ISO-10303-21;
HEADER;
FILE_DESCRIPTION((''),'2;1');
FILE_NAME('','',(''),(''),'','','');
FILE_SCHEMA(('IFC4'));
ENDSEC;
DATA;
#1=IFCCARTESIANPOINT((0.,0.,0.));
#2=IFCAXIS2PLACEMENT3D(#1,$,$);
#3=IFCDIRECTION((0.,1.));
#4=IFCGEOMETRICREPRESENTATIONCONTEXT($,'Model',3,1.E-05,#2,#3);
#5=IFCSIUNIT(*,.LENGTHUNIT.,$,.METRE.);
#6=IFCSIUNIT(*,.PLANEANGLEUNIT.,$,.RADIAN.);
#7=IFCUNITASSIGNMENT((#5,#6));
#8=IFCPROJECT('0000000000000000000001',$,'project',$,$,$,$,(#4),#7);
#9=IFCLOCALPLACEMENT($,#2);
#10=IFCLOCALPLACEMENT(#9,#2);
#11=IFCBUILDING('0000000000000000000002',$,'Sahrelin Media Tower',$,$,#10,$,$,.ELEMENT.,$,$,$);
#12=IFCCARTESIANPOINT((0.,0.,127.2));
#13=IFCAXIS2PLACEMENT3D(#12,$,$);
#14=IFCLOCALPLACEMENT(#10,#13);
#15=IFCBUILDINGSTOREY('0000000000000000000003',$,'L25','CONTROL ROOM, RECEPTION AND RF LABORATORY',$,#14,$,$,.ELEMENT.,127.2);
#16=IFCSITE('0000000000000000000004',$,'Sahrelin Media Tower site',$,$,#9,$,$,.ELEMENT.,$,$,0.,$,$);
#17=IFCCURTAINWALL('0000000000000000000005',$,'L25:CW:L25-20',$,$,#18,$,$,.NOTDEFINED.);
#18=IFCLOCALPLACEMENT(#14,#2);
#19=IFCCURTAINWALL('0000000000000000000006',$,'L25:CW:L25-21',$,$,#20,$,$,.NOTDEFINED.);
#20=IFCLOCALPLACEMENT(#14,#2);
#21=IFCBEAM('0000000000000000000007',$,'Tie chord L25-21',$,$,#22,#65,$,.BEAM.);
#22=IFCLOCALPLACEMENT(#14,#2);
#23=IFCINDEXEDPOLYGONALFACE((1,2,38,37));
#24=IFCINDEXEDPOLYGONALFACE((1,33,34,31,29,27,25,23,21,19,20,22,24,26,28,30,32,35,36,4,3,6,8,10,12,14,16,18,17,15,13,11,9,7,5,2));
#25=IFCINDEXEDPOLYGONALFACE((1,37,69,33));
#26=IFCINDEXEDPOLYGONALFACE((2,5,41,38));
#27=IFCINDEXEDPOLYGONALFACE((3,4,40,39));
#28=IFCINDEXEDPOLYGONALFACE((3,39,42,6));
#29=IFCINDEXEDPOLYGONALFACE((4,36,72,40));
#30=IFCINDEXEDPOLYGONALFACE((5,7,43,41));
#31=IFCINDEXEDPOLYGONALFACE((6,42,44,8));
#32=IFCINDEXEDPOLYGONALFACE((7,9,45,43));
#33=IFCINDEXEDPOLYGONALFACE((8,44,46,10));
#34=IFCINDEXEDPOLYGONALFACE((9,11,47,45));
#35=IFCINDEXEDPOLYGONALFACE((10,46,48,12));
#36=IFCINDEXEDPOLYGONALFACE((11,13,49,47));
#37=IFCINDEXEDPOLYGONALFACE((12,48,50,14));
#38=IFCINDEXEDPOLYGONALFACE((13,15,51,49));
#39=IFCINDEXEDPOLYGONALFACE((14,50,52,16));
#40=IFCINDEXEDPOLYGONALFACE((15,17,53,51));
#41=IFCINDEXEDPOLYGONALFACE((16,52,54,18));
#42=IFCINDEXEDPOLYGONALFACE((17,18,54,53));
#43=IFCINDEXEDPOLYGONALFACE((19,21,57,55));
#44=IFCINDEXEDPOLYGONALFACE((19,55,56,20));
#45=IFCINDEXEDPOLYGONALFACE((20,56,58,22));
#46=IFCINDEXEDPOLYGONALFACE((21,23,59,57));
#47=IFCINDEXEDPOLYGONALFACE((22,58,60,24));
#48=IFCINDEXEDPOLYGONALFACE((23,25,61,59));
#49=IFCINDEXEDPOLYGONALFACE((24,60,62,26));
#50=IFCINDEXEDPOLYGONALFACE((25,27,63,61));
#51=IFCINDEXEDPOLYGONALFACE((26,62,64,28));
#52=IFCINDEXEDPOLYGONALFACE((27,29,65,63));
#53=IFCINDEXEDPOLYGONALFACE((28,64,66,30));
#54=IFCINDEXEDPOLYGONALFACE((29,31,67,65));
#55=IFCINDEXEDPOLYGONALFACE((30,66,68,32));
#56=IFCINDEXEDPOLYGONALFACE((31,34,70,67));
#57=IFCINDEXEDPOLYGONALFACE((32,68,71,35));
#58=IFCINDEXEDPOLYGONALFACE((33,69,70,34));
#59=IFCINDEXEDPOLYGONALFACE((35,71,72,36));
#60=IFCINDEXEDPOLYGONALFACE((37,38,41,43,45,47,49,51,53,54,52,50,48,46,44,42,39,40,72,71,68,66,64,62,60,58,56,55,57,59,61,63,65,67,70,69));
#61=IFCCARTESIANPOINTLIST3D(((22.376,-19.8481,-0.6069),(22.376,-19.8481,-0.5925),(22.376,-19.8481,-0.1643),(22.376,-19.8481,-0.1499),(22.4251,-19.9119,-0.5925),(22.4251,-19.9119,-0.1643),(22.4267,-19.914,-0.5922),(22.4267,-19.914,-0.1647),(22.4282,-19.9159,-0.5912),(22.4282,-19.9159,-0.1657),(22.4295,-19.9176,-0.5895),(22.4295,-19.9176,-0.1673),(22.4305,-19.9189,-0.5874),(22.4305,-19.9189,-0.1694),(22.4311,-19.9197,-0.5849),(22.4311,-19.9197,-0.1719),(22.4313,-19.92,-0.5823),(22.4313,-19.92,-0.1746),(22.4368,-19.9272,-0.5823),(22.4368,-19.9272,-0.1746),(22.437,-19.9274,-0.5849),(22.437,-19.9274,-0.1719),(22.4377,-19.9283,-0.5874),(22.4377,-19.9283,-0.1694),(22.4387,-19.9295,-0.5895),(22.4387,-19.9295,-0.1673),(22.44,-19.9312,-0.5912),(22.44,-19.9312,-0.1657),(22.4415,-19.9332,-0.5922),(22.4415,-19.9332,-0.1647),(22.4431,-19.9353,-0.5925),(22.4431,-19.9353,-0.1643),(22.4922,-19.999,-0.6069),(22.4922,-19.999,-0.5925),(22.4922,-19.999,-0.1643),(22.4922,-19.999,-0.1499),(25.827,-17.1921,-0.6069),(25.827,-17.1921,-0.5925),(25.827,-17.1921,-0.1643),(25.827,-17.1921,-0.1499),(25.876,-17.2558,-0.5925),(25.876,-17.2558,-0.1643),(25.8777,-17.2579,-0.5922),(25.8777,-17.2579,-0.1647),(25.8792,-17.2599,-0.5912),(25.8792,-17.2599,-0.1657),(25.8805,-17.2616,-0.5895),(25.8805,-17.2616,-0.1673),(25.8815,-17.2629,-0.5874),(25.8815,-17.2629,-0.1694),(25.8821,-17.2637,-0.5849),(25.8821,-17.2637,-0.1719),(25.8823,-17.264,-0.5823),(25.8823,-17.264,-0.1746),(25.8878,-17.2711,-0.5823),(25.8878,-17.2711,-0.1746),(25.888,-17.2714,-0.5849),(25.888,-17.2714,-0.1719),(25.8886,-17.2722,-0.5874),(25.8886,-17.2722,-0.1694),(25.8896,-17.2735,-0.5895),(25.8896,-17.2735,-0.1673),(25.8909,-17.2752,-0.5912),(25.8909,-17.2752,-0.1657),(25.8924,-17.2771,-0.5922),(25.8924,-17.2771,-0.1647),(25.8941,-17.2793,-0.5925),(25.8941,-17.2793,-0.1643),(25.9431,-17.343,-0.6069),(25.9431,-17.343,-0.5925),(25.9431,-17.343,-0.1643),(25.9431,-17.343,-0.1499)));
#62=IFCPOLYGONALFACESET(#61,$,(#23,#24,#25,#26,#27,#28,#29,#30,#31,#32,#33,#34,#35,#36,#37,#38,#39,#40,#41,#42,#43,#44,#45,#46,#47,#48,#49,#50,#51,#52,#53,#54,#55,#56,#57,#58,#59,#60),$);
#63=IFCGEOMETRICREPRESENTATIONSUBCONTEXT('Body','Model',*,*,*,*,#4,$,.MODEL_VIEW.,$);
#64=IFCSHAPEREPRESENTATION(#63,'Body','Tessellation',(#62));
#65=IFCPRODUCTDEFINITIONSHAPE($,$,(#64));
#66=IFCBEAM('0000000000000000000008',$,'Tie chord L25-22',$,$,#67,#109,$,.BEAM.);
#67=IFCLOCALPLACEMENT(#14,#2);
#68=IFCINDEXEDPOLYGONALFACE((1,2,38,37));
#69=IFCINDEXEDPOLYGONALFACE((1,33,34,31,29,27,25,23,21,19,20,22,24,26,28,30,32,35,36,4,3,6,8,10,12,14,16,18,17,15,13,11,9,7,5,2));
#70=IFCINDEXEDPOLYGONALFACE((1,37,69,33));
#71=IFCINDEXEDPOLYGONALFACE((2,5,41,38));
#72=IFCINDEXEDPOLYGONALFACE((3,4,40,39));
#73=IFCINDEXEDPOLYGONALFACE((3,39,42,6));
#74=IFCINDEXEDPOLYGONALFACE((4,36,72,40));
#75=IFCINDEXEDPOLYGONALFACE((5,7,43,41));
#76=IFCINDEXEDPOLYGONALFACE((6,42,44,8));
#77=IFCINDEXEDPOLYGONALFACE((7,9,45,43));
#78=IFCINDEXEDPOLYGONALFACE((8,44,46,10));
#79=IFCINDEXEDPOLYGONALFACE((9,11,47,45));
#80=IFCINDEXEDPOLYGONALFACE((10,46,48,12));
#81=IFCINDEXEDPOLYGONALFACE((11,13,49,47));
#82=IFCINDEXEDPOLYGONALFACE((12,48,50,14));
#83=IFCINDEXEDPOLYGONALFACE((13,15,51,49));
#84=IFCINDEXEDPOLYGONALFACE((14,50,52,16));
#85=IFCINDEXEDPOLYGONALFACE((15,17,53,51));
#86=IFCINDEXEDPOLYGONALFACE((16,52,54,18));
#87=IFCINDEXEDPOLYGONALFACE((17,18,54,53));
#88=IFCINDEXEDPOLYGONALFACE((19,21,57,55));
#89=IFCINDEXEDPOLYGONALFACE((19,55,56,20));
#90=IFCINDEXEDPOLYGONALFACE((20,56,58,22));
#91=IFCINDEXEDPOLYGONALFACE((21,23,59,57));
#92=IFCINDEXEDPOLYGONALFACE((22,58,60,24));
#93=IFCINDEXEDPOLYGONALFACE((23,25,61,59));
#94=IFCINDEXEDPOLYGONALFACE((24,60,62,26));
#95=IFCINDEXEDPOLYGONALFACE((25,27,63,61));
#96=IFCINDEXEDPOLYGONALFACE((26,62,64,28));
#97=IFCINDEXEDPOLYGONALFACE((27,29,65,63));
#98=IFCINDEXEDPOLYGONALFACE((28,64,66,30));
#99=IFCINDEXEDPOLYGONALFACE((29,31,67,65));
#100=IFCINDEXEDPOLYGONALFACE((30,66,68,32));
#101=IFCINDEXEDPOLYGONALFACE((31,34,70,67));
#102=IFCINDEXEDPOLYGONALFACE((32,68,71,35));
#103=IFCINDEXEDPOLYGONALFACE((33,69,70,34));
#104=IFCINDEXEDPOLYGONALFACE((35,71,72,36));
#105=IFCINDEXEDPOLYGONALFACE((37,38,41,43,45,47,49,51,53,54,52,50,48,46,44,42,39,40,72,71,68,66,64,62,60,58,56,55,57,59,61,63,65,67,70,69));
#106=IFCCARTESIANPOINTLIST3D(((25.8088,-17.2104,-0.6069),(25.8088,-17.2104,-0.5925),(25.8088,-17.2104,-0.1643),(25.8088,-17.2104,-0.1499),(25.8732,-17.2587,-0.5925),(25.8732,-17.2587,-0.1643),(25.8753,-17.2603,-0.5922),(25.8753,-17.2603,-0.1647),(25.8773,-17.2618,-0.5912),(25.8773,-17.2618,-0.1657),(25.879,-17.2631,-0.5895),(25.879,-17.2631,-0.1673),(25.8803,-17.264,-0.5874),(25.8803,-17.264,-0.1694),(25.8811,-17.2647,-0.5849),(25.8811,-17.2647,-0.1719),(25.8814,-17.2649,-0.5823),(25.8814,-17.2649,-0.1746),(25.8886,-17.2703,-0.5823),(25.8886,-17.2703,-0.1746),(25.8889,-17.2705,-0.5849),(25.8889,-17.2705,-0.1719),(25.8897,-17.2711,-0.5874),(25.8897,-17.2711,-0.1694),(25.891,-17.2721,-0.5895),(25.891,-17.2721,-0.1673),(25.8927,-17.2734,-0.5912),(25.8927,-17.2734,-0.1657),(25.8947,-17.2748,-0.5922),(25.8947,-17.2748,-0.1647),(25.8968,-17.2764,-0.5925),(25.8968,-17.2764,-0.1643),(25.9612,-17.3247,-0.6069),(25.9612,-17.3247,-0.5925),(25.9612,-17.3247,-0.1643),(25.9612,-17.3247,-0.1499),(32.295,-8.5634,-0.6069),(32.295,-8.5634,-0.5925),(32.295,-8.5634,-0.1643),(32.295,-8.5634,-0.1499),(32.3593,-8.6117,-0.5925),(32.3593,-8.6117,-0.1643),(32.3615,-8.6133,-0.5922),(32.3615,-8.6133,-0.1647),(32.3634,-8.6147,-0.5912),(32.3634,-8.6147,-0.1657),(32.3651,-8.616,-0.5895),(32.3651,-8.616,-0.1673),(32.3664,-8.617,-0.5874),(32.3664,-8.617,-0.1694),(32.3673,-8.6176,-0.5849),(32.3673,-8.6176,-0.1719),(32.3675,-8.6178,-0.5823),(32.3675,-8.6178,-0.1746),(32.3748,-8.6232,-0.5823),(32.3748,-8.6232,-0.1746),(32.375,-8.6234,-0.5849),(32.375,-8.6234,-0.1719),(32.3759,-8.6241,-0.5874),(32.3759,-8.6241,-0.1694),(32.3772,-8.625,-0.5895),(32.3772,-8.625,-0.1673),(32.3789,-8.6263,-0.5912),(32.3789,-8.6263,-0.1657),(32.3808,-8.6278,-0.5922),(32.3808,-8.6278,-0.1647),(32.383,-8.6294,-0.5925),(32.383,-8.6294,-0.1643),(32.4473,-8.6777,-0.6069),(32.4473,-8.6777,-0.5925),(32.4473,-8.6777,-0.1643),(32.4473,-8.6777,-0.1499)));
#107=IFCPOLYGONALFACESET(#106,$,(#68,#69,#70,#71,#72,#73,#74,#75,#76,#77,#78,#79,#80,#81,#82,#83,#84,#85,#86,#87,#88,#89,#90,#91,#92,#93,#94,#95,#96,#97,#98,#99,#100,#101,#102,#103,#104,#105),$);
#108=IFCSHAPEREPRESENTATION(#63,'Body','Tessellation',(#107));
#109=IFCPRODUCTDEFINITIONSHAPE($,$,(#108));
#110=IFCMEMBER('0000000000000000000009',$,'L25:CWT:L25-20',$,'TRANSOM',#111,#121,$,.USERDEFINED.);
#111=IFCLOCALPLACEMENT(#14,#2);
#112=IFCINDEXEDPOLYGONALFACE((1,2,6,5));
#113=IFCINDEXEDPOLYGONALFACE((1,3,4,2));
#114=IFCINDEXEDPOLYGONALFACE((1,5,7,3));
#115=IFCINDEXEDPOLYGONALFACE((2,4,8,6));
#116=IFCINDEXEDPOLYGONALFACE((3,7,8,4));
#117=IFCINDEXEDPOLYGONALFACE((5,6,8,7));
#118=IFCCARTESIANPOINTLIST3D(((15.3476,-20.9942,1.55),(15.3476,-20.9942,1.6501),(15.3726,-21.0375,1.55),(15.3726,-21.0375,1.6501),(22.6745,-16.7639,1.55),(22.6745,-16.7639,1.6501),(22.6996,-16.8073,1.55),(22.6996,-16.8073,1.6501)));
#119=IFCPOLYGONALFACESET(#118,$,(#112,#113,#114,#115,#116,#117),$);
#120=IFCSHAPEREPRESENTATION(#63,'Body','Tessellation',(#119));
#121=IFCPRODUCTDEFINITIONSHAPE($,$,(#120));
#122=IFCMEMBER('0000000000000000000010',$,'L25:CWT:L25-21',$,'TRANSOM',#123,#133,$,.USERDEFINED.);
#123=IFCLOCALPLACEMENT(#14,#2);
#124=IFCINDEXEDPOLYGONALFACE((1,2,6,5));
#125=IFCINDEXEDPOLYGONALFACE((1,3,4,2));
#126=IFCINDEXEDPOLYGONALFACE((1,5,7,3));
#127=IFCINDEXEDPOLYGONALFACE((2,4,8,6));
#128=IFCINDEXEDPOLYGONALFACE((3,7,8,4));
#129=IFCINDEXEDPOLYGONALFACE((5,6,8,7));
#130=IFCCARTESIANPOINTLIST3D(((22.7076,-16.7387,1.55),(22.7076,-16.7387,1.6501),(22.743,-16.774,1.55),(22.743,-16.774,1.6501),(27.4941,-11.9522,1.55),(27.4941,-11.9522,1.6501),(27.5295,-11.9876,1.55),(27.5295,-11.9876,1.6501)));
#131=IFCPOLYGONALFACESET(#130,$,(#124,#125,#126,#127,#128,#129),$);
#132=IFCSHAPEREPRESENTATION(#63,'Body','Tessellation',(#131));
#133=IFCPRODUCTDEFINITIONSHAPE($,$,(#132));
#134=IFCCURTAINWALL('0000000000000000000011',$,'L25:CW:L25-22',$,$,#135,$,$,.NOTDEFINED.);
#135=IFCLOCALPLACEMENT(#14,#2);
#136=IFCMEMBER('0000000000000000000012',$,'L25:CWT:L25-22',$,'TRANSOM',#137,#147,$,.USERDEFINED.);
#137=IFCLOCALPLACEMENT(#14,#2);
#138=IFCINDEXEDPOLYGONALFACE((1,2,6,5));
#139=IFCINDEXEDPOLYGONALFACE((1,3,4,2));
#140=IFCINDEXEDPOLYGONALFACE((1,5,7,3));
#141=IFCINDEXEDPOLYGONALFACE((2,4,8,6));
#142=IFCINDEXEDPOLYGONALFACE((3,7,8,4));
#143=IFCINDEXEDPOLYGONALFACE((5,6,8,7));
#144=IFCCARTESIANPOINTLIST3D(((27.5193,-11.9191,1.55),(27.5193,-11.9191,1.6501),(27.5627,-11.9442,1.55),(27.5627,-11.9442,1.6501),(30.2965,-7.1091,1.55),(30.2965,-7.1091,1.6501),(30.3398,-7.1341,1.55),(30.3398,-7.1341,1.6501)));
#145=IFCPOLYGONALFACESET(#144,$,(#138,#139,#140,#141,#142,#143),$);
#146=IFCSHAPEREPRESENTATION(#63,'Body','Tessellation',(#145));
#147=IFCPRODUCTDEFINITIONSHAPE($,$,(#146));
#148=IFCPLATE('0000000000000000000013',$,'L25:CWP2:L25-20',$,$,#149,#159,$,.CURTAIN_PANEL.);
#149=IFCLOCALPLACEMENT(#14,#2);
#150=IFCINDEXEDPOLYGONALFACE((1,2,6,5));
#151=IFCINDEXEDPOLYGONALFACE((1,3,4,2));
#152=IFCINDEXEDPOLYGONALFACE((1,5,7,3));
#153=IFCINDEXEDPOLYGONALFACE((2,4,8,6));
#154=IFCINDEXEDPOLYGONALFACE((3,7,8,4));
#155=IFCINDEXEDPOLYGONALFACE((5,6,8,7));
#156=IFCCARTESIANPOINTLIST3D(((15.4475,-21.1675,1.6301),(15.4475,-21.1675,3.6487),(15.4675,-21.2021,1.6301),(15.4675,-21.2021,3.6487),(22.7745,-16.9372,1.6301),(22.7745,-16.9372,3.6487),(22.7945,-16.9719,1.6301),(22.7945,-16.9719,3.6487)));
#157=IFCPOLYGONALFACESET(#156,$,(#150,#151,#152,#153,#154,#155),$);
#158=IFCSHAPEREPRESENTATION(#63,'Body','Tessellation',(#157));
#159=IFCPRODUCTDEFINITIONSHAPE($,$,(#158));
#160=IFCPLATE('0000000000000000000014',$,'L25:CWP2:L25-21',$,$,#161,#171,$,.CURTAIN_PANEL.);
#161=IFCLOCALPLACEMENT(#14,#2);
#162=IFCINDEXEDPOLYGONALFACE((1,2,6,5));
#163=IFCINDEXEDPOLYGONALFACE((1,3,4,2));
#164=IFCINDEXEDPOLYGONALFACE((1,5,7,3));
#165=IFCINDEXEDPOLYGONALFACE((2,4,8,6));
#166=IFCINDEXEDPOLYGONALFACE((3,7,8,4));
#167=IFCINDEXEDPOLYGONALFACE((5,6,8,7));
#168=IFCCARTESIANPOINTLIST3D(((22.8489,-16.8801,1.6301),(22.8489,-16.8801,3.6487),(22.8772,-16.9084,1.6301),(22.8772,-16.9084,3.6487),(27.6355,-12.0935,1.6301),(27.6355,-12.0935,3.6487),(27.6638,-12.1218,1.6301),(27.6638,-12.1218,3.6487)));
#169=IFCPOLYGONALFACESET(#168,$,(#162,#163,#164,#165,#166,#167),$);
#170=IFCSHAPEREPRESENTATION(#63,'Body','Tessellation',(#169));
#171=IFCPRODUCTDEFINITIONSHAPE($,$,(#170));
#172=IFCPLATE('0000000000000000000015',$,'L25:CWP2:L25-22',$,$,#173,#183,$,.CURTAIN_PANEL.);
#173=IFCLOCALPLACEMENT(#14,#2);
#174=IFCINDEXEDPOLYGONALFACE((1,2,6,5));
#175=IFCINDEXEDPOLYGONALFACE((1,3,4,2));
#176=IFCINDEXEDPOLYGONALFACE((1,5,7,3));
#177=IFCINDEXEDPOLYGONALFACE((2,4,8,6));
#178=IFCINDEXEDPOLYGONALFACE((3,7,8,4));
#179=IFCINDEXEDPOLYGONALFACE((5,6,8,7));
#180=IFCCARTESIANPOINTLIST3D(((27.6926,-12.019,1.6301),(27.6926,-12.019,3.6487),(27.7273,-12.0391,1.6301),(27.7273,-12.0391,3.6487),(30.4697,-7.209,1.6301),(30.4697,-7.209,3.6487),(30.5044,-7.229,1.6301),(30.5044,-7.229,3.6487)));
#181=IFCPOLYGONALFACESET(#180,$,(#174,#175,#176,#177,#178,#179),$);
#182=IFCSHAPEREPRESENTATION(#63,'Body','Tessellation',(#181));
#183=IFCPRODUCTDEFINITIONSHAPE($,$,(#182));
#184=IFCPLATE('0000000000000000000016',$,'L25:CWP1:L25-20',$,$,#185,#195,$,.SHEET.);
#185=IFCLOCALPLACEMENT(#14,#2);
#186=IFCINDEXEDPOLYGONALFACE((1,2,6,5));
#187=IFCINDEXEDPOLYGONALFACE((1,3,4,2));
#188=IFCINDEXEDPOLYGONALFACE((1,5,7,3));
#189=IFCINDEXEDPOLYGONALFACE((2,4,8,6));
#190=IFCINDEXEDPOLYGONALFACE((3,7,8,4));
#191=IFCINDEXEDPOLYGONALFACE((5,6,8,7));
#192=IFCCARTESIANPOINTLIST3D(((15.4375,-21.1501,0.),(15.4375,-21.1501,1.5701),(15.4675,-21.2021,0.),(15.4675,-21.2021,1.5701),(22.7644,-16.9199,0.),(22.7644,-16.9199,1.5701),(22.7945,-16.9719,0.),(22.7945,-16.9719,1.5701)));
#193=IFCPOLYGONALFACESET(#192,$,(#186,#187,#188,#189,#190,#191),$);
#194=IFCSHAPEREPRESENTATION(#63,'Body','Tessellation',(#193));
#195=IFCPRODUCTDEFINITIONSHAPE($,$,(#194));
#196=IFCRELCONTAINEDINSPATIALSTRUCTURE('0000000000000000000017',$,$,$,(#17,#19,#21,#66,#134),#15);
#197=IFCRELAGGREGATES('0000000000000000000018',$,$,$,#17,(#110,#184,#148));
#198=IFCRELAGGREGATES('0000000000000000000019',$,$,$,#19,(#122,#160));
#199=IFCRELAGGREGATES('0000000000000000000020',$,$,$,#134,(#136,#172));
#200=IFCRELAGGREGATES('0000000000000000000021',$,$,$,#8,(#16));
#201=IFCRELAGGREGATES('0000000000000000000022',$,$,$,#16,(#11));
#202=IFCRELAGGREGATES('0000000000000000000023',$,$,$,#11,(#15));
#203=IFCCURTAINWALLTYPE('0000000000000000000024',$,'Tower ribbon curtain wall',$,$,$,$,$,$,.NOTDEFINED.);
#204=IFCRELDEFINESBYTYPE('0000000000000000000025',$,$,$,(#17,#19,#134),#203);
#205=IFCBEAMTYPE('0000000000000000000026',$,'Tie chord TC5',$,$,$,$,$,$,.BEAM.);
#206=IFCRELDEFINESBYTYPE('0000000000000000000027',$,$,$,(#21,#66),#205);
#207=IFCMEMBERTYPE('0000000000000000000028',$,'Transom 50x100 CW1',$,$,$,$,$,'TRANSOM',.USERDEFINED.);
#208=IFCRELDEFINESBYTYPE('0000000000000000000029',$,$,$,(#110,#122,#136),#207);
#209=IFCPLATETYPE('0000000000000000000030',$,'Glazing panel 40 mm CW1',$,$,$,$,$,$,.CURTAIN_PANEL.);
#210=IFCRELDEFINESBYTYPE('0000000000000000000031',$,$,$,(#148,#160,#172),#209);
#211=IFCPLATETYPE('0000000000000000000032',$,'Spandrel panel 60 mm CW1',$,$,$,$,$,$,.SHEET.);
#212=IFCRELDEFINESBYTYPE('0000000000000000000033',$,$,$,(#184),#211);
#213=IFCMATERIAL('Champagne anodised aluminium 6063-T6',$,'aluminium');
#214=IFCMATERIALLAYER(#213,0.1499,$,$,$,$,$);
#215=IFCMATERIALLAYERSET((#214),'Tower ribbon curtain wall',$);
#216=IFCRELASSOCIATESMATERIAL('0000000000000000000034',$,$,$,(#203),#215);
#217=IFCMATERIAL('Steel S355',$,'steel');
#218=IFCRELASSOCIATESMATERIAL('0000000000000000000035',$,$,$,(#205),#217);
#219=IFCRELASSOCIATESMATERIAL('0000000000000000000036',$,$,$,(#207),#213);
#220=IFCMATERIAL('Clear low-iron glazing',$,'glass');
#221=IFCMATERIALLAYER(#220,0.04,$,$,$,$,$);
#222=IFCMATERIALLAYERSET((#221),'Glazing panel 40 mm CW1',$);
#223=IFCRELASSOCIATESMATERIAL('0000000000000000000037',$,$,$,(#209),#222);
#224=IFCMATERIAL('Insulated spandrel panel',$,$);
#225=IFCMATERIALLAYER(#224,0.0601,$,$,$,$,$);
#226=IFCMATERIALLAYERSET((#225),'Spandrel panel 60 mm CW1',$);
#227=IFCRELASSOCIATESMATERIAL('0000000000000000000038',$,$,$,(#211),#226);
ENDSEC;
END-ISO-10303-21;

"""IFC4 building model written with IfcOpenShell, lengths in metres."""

from ifc_helpers import new_model, si_unit, direction, frame, origin, origin_2d, place, context, subcontext, project, spatial, polyline, rectangle, i_section, outline, extrude, material, layer, layer_set, material_profile, profile_set, type_object, element, aggregate, save


model = new_model("IFC4")

# Units and contexts
model_context = context("Model", 3, precision=1e-05, world=origin(), true_north=direction((0.0, 1.0)))
body_context = subcontext(model_context, "Body", "Model", "MODEL_VIEW")
ifc_project = project(units=[si_unit("LENGTHUNIT", "METRE"), si_unit("PLANEANGLEUNIT", "RADIAN")], contexts=[model_context])

# Site, building, storey
site_placement = place(None, origin())
site = spatial("IfcSite", under=ifc_project, at=site_placement, Name="Sahrelin Media Tower site", CompositionType="ELEMENT", RefElevation=0.0)
building_placement = place(site_placement, origin())
building = spatial("IfcBuilding", under=site, at=building_placement, Name="Sahrelin Media Tower", CompositionType="ELEMENT")
storey_placement = place(building_placement, frame((0.0, 0.0, 127.2)))
storey = spatial("IfcBuildingStorey", under=building, at=storey_placement, Name="L25", Description="CONTROL ROOM, RECEPTION AND RF LABORATORY", CompositionType="ELEMENT", Elevation=127.2)

# Shared definitions
ifc_material_1 = material(Name="Steel S355", Category="steel")

# Curtain walls
ifc_material_2 = material(Name="Champagne anodised aluminium 6063-T6", Category="aluminium")
ifc_layer_1 = layer(ifc_material_2, 0.1499)
ifc_layer_set_1 = layer_set([ifc_layer_1], Name="Tower ribbon curtain wall")
curtain_wall_type = type_object("IfcCurtainWallType", Name="Tower ribbon curtain wall", PredefinedType="NOTDEFINED", material=ifc_layer_set_1)
curtain_wall_1_placement = place(storey_placement, frame((19.1211, -19.0696, 0.0), z_axis=(0.0, 0.0, 1.0), x_axis=(1.0, 0.0, 0.0)))
curtain_wall_1 = element("IfcCurtainWall", 1, at=curtain_wall_1_placement, inside=storey, type_object=curtain_wall_type, Name="L25:CW:L25-20", PredefinedType="NOTDEFINED")
curtain_wall_2_placement = place(storey_placement, frame((25.2563, -14.501, 0.0), z_axis=(0.0, 0.0, 1.0), x_axis=(1.0, 0.0, 0.0)))
curtain_wall_2 = element("IfcCurtainWall", 2, at=curtain_wall_2_placement, inside=storey, type_object=curtain_wall_type, Name="L25:CW:L25-21", PredefinedType="NOTDEFINED")

# Beams
ifc_material_profile_1 = material_profile(ifc_material_1, i_section(OverallWidth=0.1904, OverallDepth=0.457, WebThickness=0.009, FlangeThickness=0.0144, FilletRadius=0.0103, at=origin_2d()), Name="UB 457x191x74")
ifc_profile_set_1 = profile_set([ifc_material_profile_1], Name="Steel S355")
beam_type_1 = type_object("IfcBeamType", Name="Tie chord TC5", PredefinedType="BEAM", material=ifc_profile_set_1)
beam_1_placement = place(storey_placement, frame((22.4341, -19.9236, -0.3784), z_axis=(0.792463, 0.609919, 0.0), x_axis=(-0.609919, 0.792463, 0.0)))
element("IfcBeam", 3, at=beam_1_placement, inside=storey, type_object=beam_type_1, Name="Tie chord L25-21", PredefinedType="BEAM", context=body_context, shape_type="SweptSolid", body=[
    extrude(i_section(OverallWidth=0.1904, OverallDepth=0.457, WebThickness=0.009, FlangeThickness=0.0144, FilletRadius=0.0103, at=origin_2d()), origin(), (0.0, 0.0, 1.0), 4.3547),
])
beam_2_placement = place(storey_placement, frame((25.885, -17.2676, -0.3784), z_axis=(0.600051, 0.799962, 0.0), x_axis=(-0.799962, 0.600051, 0.0)))
element("IfcBeam", 4, at=beam_2_placement, inside=storey, type_object=beam_type_1, Name="Tie chord L25-22", PredefinedType="BEAM", context=body_context, shape_type="SweptSolid", body=[
    extrude(i_section(OverallWidth=0.1904, OverallDepth=0.457, WebThickness=0.009, FlangeThickness=0.0144, FilletRadius=0.0103, at=origin_2d()), origin(), (0.0, 0.0, 1.0), 10.8093),
])

# Members
ifc_material_profile_2 = material_profile(ifc_material_2, rectangle(XDim=0.05, YDim=0.1001, at=origin_2d()), Name="Transom 50x100")
ifc_profile_set_2 = profile_set([ifc_material_profile_2], Name="Champagne anodised aluminium 6063-T6")
member_type_1 = type_object("IfcMemberType", Name="Transom 50x100 CW1", ElementType="TRANSOM", PredefinedType="USERDEFINED", material=ifc_profile_set_2)
member_1_placement = place(storey_placement, frame((15.3601, -21.0159, 1.6001), z_axis=(0.866024, 0.500003, 0.0), x_axis=(-0.500003, 0.866024, 0.0)))
member_1 = element("IfcMember", 5, at=member_1_placement, type_object=member_type_1, Name="L25:CWT:L25-20", ObjectType="TRANSOM", PredefinedType="USERDEFINED", context=body_context, shape_type="SweptSolid", body=[
    extrude(rectangle(XDim=0.05, YDim=0.1001, at=origin_2d()), origin(), (0.0, 0.0, 1.0), 8.4604),
])
member_2_placement = place(storey_placement, frame((22.7253, -16.7563, 1.6001), z_axis=(0.707107, 0.707107, 0.0), x_axis=(-0.707107, 0.707107, 0.0)))
member_2 = element("IfcMember", 6, at=member_2_placement, type_object=member_type_1, Name="L25:CWT:L25-21", ObjectType="TRANSOM", PredefinedType="USERDEFINED", context=body_context, shape_type="SweptSolid", body=[
    extrude(rectangle(XDim=0.05, YDim=0.1001, at=origin_2d()), origin(), (0.0, 0.0, 1.0), 6.769),
])

# Curtain wall, member
curtain_wall_3_placement = place(storey_placement, frame((29.0984, -9.624, 0.0), z_axis=(0.0, 0.0, 1.0), x_axis=(1.0, 0.0, 0.0)))
curtain_wall_3 = element("IfcCurtainWall", 7, at=curtain_wall_3_placement, inside=storey, type_object=curtain_wall_type, Name="L25:CW:L25-22", PredefinedType="NOTDEFINED")
member_3_placement = place(storey_placement, frame((27.541, -11.9316, 1.6001), z_axis=(0.500001, 0.866025, 0.0), x_axis=(-0.866025, 0.500001, 0.0)))
member_3 = element("IfcMember", 8, at=member_3_placement, type_object=member_type_1, Name="L25:CWT:L25-22", ObjectType="TRANSOM", PredefinedType="USERDEFINED", context=body_context, shape_type="SweptSolid", body=[
    extrude(rectangle(XDim=0.05, YDim=0.1001, at=origin_2d()), origin(), (0.0, 0.0, 1.0), 5.5542),
])

# Plates
ifc_material_3 = material(Name="Clear low-iron glazing", Category="glass")
ifc_layer_2 = layer(ifc_material_3, 0.04)
ifc_layer_set_2 = layer_set([ifc_layer_2], Name="Glazing panel 40 mm CW1")
plate_type_1 = type_object("IfcPlateType", Name="Glazing panel 40 mm CW1", PredefinedType="CURTAIN_PANEL", material=ifc_layer_set_2)
plate_1_placement = place(storey_placement, frame((15.4675, -21.2021, 1.6301), z_axis=(0.500003, -0.866024, 0.0), x_axis=(0.866024, 0.500003, 0.0)))
plate_1 = element("IfcPlate", 9, at=plate_1_placement, type_object=plate_type_1, Name="L25:CWP2:L25-20", PredefinedType="CURTAIN_PANEL", context=body_context, shape_type="SweptSolid", body=[
    extrude(outline(polyline([(0.0, 0.0), (8.4604, 0.0), (8.4604, 2.0186), (0.0, 2.0186), (0.0, 0.0)])), origin(), (0.0, 0.0, -1.0), 0.04),
])
plate_2_placement = place(storey_placement, frame((22.8772, -16.9084, 1.6301), z_axis=(0.707107, -0.707107, 0.0), x_axis=(0.707107, 0.707107, 0.0)))
plate_2 = element("IfcPlate", 10, at=plate_2_placement, type_object=plate_type_1, Name="L25:CWP2:L25-21", PredefinedType="CURTAIN_PANEL", context=body_context, shape_type="SweptSolid", body=[
    extrude(outline(polyline([(0.0, 0.0), (6.7693, 0.0), (6.7693, 2.0186), (0.0, 2.0186), (0.0, 0.0)])), origin(), (0.0, 0.0, -1.0), 0.04),
])
plate_3_placement = place(storey_placement, frame((27.7273, -12.0391, 1.6301), z_axis=(0.866025, -0.500001, 0.0), x_axis=(0.500001, 0.866025, 0.0)))
plate_3 = element("IfcPlate", 11, at=plate_3_placement, type_object=plate_type_1, Name="L25:CWP2:L25-22", PredefinedType="CURTAIN_PANEL", context=body_context, shape_type="SweptSolid", body=[
    extrude(outline(polyline([(0.0, 0.0), (5.5542, 0.0), (5.5542, 2.0186), (0.0, 2.0186), (0.0, 0.0)])), origin(), (0.0, 0.0, -1.0), 0.04),
])
ifc_material_4 = material(Name="Insulated spandrel panel")
ifc_layer_3 = layer(ifc_material_4, 0.0601)
ifc_layer_set_3 = layer_set([ifc_layer_3], Name="Spandrel panel 60 mm CW1")
plate_type_2 = type_object("IfcPlateType", Name="Spandrel panel 60 mm CW1", PredefinedType="SHEET", material=ifc_layer_set_3)
plate_4_placement = place(storey_placement, frame((15.4675, -21.2021, 0.0), z_axis=(0.500003, -0.866024, 0.0), x_axis=(0.866024, 0.500003, 0.0)))
plate_4 = element("IfcPlate", 12, at=plate_4_placement, type_object=plate_type_2, Name="L25:CWP1:L25-20", PredefinedType="SHEET", context=body_context, shape_type="SweptSolid", body=[
    extrude(outline(polyline([(0.0, 0.0), (8.4604, 0.0), (8.4604, 1.5701), (0.0, 1.5701), (0.0, 0.0)])), origin(), (0.0, 0.0, -1.0), 0.0601),
])
aggregate(curtain_wall_1, [member_1, plate_4, plate_1])
aggregate(curtain_wall_2, [member_2, plate_2])
aggregate(curtain_wall_3, [member_3, plate_3])

save(model, "model.ifc")
